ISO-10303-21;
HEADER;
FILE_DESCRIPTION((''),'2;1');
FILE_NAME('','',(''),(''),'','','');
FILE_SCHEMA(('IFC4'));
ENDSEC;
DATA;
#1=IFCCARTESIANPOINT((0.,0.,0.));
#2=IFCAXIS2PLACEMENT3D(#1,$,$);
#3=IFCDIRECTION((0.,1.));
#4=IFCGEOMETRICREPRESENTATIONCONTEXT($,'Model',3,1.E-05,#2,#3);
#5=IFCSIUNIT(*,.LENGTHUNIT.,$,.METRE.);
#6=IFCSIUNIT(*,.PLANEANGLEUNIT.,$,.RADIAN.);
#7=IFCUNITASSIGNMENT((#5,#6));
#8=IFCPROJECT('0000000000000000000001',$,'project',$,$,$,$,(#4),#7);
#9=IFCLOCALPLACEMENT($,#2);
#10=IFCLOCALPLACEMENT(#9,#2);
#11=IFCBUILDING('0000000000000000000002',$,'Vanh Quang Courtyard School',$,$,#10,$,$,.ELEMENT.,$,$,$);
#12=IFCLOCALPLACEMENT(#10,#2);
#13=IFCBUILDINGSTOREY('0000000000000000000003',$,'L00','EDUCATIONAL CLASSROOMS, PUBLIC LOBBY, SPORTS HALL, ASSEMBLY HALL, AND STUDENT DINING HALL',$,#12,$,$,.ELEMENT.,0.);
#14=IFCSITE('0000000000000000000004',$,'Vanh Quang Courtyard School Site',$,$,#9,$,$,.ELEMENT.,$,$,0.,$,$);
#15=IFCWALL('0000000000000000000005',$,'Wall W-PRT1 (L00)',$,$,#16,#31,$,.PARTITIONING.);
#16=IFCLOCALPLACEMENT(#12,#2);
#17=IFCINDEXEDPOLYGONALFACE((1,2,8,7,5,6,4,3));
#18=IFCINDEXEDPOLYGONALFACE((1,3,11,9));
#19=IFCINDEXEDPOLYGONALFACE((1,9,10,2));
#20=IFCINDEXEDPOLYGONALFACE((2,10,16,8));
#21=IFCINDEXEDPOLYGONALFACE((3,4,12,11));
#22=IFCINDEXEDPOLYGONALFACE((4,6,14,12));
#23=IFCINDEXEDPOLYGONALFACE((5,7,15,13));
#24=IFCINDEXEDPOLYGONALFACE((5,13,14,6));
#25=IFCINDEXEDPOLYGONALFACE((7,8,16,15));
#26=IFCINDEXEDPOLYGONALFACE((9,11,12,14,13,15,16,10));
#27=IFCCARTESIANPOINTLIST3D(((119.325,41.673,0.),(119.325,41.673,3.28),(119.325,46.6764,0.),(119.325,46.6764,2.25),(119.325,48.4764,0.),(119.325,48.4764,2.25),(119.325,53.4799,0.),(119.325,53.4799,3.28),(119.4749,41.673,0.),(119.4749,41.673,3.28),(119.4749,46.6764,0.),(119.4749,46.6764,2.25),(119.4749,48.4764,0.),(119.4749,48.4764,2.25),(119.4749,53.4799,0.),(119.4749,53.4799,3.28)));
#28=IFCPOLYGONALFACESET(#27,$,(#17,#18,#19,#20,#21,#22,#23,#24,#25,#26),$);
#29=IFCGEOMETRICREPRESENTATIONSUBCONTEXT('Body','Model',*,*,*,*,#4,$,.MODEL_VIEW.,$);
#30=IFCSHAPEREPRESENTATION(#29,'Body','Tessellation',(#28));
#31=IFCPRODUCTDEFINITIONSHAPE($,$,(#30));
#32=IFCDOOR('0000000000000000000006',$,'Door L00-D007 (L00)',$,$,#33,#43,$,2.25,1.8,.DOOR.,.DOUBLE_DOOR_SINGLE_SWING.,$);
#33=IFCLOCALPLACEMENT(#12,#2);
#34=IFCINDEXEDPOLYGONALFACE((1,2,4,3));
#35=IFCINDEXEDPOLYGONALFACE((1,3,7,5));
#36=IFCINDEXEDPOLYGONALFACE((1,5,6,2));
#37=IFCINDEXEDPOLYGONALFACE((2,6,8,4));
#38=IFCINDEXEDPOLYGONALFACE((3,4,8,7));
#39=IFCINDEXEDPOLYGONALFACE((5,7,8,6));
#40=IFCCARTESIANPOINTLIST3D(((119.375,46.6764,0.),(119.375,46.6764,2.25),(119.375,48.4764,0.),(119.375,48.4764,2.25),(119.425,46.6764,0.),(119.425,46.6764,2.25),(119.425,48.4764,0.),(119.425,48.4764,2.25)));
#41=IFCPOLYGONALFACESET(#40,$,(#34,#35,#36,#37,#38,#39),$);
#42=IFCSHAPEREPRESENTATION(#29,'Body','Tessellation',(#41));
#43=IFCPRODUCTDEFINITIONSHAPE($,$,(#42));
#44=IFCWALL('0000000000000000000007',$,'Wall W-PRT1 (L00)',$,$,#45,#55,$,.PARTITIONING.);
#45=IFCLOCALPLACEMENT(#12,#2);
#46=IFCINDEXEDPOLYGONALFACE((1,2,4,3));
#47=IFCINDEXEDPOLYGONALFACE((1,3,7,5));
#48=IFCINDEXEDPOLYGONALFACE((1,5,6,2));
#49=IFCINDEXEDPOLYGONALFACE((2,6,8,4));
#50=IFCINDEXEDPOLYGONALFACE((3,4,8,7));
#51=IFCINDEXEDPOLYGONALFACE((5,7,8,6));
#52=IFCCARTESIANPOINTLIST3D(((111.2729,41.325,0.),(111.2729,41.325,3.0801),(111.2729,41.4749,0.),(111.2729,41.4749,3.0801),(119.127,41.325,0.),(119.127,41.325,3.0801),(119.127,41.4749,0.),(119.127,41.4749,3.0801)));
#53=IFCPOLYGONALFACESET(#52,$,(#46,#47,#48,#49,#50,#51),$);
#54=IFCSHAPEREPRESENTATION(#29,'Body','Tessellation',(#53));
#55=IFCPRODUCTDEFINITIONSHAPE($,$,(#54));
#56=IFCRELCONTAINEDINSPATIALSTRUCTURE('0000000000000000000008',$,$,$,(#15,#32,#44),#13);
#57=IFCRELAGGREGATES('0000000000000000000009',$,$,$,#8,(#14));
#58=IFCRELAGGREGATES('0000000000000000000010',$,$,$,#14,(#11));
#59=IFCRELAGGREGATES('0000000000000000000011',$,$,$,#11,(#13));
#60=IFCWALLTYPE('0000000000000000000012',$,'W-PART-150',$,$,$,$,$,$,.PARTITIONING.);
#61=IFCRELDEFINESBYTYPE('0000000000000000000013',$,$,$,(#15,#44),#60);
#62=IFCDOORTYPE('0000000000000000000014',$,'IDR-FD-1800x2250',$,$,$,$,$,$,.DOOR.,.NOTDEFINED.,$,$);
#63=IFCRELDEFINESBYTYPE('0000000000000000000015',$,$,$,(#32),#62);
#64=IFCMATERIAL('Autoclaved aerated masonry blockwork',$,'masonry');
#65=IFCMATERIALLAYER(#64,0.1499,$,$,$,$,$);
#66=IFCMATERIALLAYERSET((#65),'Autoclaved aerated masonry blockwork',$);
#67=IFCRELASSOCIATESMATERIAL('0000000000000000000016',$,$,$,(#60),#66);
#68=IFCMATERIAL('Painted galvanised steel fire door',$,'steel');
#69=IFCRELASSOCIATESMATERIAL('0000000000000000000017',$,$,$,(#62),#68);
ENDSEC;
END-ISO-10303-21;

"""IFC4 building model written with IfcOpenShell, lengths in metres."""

from ifc_helpers import new_model, si_unit, direction, frame, frame_2d, origin, place, context, subcontext, project, spatial, rectangle, extrude, material, layer, layer_set, type_object, element, fill, save


model = new_model("IFC4")

# Units and contexts
model_context = context("Model", 3, precision=1e-05, world=origin(), true_north=direction((0.0, 1.0)))
body_context = subcontext(model_context, "Body", "Model", "MODEL_VIEW")
ifc_project = project(units=[si_unit("LENGTHUNIT", "METRE"), si_unit("PLANEANGLEUNIT", "RADIAN")], contexts=[model_context])

# Site, building, storey
site_placement = place(None, origin())
site = spatial("IfcSite", under=ifc_project, at=site_placement, Name="Vanh Quang Courtyard School Site", CompositionType="ELEMENT", RefElevation=0.0)
building_placement = place(site_placement, origin())
building = spatial("IfcBuilding", under=site, at=building_placement, Name="Vanh Quang Courtyard School", CompositionType="ELEMENT")
storey_placement = place(building_placement, origin())
storey = spatial("IfcBuildingStorey", under=building, at=storey_placement, Name="L00", Description="EDUCATIONAL CLASSROOMS, PUBLIC LOBBY, SPORTS HALL, ASSEMBLY HALL, AND STUDENT DINING HALL", CompositionType="ELEMENT", Elevation=0.0)

# Wall, opening, door
ifc_material_1 = material(Name="Autoclaved aerated masonry blockwork", Category="masonry")
ifc_layer_1 = layer(ifc_material_1, 0.1499)
ifc_layer_set_1 = layer_set([ifc_layer_1], Name="Autoclaved aerated masonry blockwork")
wall_type_1 = type_object("IfcWallType", Name="W-PART-150", PredefinedType="PARTITIONING", material=ifc_layer_set_1)
wall_1_placement = place(storey_placement, frame((119.3999, 41.6731, 0.0), z_axis=(0.0, 0.0, 1.0), x_axis=(0.0, 1.0, 0.0)))
wall_1 = element("IfcWall", 1, at=wall_1_placement, inside=storey, type_object=wall_type_1, Name="Wall W-PRT1 (L00)", PredefinedType="PARTITIONING", context=body_context, shape_type="SweptSolid", body=[
    extrude(rectangle(XDim=11.8069, YDim=0.1499, at=frame_2d((5.9033, 0.0))), origin(), (0.0, 0.0, 1.0), 3.28),
])
opening_placement = place(wall_1_placement, frame((5.0034, 0.0, 0.0)))
opening = element("IfcOpeningElement", 2, at=opening_placement, cuts=wall_1, PredefinedType="OPENING", context=body_context, shape_type="SweptSolid", body=[
    extrude(rectangle(XDim=1.8, YDim=2.25, at=frame_2d((0.8999, 1.125))), frame((0.0, 0.085, 0.0), z_axis=(0.0, -1.0, 0.0), x_axis=(1.0, 0.0, 0.0)), (0.0, 0.0, 1.0), 0.1699),
])
ifc_material_2 = material(Name="Painted galvanised steel fire door", Category="steel")
door_type = type_object("IfcDoorType", Name="IDR-FD-1800x2250", OperationType="NOTDEFINED", PredefinedType="DOOR", material=ifc_material_2)
door_placement = place(opening_placement, origin())
door = element("IfcDoor", 3, at=door_placement, inside=storey, type_object=door_type, Name="Door L00-D007 (L00)", OperationType="DOUBLE_DOOR_SINGLE_SWING", OverallHeight=2.25, OverallWidth=1.8, PredefinedType="DOOR", context=body_context, shape_type="SweptSolid", body=[
    extrude(rectangle(XDim=1.8, YDim=2.25, at=frame_2d((0.8999, 1.125))), frame((0.0, 0.0249, 0.0), z_axis=(0.0, -1.0, 0.0), x_axis=(1.0, 0.0, 0.0)), (0.0, 0.0, 1.0), 0.05),
])
fill(opening, door)

# Wall
wall_2_placement = place(storey_placement, frame((111.2729, 41.3999, 0.0), z_axis=(0.0, 0.0, 1.0), x_axis=(1.0, 0.0, 0.0)))
element("IfcWall", 4, at=wall_2_placement, inside=storey, type_object=wall_type_1, Name="Wall W-PRT1 (L00)", PredefinedType="PARTITIONING", context=body_context, shape_type="SweptSolid", body=[
    extrude(rectangle(XDim=7.854, YDim=0.1499, at=frame_2d((3.927, 0.0))), origin(), (0.0, 0.0, 1.0), 3.0801),
])

save(model, "model.ifc")
